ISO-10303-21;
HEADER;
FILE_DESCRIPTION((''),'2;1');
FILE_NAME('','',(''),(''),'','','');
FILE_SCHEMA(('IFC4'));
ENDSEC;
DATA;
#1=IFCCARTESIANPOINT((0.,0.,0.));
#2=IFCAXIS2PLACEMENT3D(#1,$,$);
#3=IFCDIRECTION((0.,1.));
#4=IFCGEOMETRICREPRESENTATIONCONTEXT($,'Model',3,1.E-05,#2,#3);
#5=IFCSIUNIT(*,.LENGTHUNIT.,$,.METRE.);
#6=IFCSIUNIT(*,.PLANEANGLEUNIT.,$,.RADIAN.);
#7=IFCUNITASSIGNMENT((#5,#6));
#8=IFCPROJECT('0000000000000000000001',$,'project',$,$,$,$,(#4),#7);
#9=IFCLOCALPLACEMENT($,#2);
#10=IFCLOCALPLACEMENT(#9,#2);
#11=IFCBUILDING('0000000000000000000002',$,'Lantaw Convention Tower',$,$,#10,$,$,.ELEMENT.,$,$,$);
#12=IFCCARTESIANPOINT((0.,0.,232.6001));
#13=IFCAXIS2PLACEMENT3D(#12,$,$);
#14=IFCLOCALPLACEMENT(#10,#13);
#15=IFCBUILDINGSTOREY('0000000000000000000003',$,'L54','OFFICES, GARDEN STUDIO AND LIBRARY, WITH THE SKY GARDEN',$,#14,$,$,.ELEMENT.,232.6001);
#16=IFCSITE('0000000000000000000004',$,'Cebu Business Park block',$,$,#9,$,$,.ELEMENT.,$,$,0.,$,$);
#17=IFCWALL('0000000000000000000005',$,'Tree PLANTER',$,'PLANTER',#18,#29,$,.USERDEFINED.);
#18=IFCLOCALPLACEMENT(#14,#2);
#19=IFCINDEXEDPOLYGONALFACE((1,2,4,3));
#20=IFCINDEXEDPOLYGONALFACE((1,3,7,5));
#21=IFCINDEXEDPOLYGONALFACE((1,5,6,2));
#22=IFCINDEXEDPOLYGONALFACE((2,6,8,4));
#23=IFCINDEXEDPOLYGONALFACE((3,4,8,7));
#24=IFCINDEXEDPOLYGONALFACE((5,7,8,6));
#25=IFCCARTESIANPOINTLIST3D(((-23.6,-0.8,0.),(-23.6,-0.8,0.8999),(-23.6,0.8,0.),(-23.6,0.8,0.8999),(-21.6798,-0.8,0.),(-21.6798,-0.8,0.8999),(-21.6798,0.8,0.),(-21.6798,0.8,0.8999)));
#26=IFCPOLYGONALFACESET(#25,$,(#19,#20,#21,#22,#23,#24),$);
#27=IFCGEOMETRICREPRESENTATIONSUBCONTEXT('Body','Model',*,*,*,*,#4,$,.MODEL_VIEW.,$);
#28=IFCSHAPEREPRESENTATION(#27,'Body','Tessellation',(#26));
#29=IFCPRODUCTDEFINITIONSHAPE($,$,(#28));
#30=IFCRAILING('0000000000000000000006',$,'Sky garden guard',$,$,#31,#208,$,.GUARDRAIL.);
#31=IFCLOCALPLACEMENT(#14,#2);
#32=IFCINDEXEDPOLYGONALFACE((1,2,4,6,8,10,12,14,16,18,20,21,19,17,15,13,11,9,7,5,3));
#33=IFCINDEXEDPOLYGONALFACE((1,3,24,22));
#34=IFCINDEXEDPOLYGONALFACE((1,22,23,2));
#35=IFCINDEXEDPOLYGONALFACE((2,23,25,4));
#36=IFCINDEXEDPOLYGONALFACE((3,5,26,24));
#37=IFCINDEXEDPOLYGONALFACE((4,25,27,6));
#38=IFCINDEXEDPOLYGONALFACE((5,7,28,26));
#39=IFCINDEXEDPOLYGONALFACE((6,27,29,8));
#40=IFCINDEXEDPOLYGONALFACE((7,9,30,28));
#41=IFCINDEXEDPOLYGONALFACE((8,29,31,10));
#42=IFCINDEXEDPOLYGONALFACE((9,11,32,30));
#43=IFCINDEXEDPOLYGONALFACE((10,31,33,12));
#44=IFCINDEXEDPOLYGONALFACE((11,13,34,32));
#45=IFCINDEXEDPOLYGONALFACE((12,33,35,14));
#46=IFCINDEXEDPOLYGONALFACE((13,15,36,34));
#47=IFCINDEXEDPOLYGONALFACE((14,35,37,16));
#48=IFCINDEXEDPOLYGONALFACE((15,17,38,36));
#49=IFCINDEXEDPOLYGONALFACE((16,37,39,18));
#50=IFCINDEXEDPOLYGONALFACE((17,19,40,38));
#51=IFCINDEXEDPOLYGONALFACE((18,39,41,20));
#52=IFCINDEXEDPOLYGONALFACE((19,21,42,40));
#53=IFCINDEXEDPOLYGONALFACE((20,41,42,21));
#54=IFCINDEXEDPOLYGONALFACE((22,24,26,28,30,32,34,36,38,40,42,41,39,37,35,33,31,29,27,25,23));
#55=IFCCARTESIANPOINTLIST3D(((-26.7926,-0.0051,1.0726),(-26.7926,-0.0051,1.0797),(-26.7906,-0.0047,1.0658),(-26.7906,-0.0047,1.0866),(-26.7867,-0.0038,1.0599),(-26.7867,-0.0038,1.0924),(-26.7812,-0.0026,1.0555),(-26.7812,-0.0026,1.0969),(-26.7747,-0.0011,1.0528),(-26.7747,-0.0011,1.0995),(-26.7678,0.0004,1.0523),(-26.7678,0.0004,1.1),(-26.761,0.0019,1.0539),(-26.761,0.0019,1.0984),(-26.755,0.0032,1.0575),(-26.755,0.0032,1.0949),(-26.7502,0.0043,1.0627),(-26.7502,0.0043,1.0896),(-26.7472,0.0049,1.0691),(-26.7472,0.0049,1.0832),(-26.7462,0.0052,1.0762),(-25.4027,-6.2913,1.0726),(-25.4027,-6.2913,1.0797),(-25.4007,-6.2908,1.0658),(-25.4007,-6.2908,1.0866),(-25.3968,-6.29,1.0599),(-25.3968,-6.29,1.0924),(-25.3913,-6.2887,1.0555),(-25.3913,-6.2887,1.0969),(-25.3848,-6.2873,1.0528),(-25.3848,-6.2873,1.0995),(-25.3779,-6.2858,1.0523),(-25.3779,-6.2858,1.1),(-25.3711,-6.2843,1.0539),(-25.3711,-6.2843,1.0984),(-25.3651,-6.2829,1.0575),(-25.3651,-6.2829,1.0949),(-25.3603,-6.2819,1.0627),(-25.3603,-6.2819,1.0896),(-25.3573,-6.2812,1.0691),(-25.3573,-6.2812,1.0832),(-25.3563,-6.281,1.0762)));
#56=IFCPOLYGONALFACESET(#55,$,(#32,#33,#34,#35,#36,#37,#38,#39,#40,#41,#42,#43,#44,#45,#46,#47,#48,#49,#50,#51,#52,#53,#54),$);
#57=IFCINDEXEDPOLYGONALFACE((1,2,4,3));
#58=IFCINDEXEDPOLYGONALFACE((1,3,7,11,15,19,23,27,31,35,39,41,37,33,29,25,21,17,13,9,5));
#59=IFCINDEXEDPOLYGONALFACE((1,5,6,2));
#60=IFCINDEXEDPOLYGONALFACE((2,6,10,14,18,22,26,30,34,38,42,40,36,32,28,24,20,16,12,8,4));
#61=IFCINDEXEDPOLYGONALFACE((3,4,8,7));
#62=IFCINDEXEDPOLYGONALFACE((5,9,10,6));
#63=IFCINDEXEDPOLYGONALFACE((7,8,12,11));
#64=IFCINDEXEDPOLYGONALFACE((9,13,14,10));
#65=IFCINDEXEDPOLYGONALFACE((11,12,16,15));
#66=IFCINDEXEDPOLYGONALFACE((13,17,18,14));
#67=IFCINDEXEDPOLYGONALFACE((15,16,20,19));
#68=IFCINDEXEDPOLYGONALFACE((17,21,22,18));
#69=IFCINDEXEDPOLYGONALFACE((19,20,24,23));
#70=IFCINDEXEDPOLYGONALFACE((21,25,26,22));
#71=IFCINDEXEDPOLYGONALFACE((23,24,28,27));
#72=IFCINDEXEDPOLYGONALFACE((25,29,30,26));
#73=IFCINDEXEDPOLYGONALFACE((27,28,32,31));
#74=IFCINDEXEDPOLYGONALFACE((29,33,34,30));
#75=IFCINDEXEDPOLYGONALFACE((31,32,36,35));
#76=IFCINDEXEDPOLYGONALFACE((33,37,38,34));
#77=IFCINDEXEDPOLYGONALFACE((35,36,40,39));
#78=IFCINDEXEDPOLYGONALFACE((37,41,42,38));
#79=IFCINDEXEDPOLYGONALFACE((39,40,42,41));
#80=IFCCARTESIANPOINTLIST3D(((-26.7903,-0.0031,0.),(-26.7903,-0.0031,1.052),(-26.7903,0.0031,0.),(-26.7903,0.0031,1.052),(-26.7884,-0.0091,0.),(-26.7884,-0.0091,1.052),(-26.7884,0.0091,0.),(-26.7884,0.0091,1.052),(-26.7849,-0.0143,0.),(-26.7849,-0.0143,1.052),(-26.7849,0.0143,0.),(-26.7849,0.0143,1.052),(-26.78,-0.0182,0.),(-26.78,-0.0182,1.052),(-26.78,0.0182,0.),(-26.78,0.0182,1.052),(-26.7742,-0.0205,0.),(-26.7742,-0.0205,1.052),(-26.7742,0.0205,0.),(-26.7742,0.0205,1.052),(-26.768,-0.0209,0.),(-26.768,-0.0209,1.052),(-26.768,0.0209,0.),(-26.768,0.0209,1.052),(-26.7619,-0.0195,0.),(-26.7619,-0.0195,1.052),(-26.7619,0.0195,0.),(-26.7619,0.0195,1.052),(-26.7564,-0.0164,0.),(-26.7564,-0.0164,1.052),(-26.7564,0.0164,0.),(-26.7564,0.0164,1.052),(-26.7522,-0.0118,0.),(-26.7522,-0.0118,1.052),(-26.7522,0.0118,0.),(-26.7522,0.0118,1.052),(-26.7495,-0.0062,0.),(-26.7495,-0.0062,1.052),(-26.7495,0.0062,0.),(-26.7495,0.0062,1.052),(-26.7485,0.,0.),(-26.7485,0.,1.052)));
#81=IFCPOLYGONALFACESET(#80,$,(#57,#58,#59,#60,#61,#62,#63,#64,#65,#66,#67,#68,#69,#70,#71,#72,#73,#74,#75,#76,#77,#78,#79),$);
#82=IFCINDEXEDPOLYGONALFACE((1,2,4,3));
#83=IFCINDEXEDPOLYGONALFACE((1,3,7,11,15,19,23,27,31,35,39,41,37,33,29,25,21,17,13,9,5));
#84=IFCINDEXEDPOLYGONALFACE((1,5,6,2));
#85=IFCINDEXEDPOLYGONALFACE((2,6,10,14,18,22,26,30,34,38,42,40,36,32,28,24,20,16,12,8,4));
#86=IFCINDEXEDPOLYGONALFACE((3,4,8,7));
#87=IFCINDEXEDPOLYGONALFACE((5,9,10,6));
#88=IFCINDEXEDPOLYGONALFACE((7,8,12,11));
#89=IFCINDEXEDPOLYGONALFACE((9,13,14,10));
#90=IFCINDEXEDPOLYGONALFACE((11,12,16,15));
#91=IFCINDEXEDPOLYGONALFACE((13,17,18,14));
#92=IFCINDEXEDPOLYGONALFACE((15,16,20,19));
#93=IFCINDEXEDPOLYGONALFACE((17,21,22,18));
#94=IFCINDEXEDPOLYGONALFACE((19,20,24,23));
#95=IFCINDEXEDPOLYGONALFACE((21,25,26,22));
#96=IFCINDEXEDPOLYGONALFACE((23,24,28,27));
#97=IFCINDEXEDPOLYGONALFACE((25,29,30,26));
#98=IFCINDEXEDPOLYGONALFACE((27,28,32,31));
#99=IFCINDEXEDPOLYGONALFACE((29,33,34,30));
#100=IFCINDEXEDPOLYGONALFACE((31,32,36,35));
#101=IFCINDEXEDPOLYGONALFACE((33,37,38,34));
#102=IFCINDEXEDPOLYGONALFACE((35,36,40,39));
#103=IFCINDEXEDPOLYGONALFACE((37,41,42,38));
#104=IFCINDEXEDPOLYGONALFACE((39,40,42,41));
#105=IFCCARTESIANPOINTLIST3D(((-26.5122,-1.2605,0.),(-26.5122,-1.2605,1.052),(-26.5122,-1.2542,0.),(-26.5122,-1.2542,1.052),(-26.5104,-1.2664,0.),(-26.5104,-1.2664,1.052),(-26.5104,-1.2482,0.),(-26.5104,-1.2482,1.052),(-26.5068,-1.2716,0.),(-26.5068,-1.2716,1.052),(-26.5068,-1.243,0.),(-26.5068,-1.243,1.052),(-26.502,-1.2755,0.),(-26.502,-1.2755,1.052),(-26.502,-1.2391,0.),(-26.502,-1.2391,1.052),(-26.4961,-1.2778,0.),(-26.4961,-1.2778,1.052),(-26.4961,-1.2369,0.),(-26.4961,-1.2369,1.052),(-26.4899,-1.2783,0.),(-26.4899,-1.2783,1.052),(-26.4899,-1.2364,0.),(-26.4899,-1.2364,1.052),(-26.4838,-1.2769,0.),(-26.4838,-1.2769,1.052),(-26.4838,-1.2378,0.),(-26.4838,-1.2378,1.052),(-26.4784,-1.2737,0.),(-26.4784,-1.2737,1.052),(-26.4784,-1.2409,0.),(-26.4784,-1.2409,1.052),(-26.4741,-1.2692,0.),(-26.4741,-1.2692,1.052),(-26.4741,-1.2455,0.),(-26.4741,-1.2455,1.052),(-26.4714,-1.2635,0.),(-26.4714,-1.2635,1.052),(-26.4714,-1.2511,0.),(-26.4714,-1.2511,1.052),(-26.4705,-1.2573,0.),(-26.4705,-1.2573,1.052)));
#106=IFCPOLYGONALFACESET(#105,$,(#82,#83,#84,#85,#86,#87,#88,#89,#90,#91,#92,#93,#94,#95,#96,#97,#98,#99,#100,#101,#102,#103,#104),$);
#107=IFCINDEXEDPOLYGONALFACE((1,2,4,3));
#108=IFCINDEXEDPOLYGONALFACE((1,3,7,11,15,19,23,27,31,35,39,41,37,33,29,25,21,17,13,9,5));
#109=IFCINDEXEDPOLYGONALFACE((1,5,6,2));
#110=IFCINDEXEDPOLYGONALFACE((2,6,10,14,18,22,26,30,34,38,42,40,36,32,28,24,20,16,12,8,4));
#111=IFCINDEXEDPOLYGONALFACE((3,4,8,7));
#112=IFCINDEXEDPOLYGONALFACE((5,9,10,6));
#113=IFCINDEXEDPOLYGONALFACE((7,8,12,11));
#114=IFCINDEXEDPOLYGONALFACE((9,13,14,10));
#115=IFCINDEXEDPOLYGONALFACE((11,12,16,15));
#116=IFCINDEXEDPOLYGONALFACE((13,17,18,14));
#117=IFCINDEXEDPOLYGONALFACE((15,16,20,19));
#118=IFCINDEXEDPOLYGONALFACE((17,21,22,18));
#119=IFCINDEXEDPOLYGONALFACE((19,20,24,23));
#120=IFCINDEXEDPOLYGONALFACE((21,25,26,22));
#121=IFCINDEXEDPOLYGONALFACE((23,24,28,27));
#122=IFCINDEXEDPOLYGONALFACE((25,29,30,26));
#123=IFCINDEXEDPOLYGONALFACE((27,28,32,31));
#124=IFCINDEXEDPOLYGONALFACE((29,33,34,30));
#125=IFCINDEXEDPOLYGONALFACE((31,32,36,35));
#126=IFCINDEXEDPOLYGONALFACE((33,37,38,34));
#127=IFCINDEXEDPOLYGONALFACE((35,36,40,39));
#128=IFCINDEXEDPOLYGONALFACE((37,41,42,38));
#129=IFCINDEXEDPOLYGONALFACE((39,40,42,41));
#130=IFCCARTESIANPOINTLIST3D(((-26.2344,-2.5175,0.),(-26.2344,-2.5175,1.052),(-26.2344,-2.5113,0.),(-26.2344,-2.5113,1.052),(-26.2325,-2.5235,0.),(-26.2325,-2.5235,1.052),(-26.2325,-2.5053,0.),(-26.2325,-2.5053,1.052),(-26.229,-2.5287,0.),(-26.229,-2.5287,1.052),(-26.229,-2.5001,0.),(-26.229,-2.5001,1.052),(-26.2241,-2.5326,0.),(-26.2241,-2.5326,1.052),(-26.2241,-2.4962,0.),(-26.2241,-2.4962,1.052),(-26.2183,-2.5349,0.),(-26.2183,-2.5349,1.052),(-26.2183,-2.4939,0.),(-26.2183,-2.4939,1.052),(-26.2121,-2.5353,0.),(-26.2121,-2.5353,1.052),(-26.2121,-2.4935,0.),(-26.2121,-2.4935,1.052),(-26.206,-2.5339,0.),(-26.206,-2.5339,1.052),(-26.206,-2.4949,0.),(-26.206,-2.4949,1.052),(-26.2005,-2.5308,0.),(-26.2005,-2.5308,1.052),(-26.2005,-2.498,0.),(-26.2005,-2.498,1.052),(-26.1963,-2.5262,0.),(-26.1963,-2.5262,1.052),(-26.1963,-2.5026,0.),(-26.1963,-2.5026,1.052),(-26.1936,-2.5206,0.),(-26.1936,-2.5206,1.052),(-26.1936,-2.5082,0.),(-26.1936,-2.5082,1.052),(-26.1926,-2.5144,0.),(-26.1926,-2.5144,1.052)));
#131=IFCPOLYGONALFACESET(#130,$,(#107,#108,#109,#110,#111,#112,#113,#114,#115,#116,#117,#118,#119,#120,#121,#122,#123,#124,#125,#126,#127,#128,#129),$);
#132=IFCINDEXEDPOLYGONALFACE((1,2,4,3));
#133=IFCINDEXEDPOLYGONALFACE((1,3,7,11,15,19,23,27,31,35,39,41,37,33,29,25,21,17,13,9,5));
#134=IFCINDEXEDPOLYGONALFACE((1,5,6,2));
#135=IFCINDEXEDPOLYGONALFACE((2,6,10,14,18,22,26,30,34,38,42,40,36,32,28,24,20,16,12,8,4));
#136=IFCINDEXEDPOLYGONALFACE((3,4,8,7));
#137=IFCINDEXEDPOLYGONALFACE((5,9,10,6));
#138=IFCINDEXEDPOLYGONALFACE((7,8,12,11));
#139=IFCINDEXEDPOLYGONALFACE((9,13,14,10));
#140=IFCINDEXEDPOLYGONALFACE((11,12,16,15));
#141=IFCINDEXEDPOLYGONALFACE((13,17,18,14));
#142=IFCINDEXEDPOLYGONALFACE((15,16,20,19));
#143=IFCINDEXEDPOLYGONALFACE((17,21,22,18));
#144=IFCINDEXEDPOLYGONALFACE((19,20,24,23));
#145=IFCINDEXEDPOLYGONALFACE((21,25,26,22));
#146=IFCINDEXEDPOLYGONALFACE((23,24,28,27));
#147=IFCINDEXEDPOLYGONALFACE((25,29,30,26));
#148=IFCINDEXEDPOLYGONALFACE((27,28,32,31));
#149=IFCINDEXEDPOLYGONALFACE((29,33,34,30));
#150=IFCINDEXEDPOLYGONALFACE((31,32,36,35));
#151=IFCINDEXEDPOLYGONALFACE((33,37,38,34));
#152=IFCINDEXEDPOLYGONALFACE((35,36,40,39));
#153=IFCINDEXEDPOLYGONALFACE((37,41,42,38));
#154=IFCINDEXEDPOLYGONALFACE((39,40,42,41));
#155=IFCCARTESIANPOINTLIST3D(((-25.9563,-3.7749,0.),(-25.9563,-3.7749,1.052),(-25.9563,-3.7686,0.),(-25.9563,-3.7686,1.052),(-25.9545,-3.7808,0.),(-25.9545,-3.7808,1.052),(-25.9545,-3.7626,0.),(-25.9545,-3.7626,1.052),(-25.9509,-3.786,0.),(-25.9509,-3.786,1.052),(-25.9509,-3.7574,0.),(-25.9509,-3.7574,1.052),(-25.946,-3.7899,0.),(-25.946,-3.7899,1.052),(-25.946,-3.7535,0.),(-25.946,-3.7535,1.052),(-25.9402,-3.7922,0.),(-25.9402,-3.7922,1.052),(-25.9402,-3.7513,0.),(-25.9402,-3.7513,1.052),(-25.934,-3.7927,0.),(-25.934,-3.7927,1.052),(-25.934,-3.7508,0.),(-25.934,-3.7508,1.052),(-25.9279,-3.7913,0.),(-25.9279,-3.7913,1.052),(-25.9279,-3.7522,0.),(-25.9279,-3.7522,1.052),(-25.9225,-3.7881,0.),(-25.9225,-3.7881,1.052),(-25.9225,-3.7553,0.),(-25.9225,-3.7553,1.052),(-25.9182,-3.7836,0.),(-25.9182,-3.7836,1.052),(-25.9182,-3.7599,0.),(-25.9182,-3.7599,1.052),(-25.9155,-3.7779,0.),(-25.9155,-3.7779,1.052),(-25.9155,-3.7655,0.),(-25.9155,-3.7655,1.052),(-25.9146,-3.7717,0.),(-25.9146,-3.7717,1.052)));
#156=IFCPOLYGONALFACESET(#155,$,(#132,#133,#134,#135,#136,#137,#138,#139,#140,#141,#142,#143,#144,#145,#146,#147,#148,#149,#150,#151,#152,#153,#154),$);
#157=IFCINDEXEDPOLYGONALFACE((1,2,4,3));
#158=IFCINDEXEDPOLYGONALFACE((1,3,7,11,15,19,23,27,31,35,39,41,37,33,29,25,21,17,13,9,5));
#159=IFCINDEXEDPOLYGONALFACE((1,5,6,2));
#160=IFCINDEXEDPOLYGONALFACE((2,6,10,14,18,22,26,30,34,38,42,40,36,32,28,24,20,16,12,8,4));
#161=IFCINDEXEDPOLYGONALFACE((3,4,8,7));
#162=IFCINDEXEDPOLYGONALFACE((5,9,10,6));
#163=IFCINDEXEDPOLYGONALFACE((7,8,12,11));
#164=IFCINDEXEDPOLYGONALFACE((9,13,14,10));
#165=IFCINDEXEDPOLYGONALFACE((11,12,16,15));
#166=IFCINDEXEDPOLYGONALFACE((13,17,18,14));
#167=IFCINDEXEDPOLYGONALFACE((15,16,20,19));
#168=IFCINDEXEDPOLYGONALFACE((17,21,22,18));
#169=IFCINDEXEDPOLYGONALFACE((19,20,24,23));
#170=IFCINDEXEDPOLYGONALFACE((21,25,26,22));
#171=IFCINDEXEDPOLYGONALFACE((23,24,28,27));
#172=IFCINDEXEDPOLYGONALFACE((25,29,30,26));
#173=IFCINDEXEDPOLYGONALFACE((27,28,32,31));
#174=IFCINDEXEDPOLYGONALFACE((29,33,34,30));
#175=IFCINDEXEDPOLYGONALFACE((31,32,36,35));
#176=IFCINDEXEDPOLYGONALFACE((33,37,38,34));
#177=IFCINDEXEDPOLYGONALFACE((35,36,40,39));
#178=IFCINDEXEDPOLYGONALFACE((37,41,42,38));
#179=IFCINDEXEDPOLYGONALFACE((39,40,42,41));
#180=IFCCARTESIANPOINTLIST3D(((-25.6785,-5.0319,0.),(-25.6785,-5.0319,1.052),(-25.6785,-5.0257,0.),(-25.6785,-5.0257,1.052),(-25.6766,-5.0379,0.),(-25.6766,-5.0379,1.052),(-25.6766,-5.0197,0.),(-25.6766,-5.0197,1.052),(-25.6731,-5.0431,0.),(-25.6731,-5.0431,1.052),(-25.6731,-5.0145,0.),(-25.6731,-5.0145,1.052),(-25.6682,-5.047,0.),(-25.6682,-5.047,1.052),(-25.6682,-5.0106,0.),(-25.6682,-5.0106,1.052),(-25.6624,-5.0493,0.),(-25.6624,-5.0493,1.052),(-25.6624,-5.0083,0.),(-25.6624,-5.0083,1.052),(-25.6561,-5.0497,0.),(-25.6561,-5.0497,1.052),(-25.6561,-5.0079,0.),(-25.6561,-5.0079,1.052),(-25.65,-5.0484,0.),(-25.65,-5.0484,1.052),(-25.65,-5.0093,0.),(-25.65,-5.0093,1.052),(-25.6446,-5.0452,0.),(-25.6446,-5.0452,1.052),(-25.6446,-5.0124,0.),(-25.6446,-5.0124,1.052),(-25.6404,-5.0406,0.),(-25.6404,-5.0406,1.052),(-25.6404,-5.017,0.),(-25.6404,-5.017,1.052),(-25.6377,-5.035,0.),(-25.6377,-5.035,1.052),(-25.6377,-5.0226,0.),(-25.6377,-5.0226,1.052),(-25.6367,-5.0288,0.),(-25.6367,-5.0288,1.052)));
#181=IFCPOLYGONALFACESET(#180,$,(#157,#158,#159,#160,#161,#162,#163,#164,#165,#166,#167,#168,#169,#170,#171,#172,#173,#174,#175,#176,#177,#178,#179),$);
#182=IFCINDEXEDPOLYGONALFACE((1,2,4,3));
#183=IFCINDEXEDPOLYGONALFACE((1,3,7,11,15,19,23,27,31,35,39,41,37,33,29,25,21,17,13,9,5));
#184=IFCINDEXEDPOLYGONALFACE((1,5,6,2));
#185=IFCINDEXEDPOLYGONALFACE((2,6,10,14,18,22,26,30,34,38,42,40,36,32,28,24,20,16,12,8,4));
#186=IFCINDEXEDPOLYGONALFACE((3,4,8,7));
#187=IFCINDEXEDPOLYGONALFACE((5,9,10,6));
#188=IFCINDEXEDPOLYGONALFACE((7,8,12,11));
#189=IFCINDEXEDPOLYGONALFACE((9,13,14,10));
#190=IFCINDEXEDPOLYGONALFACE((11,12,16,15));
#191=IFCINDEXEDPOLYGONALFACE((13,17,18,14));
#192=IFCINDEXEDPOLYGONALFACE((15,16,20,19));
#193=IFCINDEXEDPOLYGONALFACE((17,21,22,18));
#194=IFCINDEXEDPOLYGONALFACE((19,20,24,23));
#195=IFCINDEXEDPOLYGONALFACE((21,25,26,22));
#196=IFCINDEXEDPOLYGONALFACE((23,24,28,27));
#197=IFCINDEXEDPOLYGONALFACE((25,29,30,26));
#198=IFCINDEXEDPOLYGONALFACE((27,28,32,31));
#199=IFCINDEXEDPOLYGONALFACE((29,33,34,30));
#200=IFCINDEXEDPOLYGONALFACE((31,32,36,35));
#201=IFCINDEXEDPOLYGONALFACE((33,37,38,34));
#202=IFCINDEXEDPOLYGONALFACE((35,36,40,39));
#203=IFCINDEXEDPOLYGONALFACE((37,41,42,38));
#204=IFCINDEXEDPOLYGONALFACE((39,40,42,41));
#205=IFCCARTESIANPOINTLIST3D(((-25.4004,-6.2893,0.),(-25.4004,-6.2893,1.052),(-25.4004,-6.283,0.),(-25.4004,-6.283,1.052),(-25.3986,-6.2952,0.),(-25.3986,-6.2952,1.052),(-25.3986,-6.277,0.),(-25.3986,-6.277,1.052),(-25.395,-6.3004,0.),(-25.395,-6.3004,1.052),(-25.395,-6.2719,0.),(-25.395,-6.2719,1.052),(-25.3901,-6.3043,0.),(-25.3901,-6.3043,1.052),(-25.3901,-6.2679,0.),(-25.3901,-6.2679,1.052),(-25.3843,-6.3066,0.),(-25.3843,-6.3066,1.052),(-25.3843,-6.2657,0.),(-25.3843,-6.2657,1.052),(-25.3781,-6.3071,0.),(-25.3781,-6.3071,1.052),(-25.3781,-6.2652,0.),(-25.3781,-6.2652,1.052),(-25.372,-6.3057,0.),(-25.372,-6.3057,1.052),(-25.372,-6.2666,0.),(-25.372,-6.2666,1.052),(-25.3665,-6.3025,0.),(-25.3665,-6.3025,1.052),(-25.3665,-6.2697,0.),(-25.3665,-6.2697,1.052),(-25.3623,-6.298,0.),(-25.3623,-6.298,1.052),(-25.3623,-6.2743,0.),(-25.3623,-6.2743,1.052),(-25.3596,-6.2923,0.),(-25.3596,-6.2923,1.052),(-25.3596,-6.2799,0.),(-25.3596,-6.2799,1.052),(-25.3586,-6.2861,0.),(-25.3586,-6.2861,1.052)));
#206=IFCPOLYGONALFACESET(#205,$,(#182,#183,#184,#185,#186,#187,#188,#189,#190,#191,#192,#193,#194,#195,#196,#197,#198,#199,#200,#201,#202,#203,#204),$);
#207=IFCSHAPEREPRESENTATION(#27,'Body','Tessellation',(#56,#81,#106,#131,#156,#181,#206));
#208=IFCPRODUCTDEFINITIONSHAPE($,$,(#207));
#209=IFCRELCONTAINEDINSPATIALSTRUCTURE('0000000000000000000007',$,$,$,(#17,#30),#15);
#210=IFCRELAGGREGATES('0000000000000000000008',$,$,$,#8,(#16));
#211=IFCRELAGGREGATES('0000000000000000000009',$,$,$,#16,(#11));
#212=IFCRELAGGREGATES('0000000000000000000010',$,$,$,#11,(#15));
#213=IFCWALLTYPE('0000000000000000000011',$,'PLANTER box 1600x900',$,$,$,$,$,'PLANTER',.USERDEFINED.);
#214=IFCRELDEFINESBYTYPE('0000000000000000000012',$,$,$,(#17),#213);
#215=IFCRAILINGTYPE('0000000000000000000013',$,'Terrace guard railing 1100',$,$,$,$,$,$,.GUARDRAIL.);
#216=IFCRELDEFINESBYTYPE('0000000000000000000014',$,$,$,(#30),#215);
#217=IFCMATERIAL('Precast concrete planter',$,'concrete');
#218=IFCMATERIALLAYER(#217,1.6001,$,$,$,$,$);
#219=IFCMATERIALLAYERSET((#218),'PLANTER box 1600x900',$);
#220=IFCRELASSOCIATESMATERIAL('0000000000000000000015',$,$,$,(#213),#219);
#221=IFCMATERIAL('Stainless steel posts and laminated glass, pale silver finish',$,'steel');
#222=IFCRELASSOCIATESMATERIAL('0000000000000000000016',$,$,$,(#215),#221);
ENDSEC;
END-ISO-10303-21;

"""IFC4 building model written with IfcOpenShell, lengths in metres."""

from ifc_helpers import new_model, si_unit, direction, frame, frame_2d, origin, origin_2d, place, context, subcontext, project, spatial, rectangle, circle, extrude, material, layer, layer_set, type_object, element, save


model = new_model("IFC4")

# Units and contexts
model_context = context("Model", 3, precision=1e-05, world=origin(), true_north=direction((0.0, 1.0)))
body_context = subcontext(model_context, "Body", "Model", "MODEL_VIEW")
ifc_project = project(units=[si_unit("LENGTHUNIT", "METRE"), si_unit("PLANEANGLEUNIT", "RADIAN")], contexts=[model_context])

# Site, building, storey
site_placement = place(None, origin())
site = spatial("IfcSite", under=ifc_project, at=site_placement, Name="Cebu Business Park block", CompositionType="ELEMENT", RefElevation=0.0)
building_placement = place(site_placement, origin())
building = spatial("IfcBuilding", under=site, at=building_placement, Name="Lantaw Convention Tower", CompositionType="ELEMENT")
storey_placement = place(building_placement, frame((0.0, 0.0, 232.6001)))
storey = spatial("IfcBuildingStorey", under=building, at=storey_placement, Name="L54", Description="OFFICES, GARDEN STUDIO AND LIBRARY, WITH THE SKY GARDEN", CompositionType="ELEMENT", Elevation=232.6001)

# Wall
ifc_material_1 = material(Name="Precast concrete planter", Category="concrete")
ifc_layer_1 = layer(ifc_material_1, 1.6001)
ifc_layer_set_1 = layer_set([ifc_layer_1], Name="PLANTER box 1600x900")
wall_type_1 = type_object("IfcWallType", Name="PLANTER box 1600x900", ElementType="PLANTER", PredefinedType="USERDEFINED", material=ifc_layer_set_1)
wall_1_placement = place(storey_placement, frame((-21.6799, 0.0, 0.0), z_axis=(0.0, 0.0, 1.0), x_axis=(-1.0, 0.0, 0.0)))
element("IfcWall", 1, at=wall_1_placement, inside=storey, type_object=wall_type_1, Name="Tree PLANTER", ObjectType="PLANTER", PredefinedType="USERDEFINED", context=body_context, shape_type="SweptSolid", body=[
    extrude(rectangle(XDim=1.9202, YDim=1.6001, at=frame_2d((0.96, 0.0))), origin(), (0.0, 0.0, 1.0), 0.8999),
])

# Railing
ifc_material_2 = material(Name="Stainless steel posts and laminated glass, pale silver finish", Category="steel")
railing_type = type_object("IfcRailingType", Name="Terrace guard railing 1100", PredefinedType="GUARDRAIL", material=ifc_material_2)
railing_placement = place(storey_placement, frame((-26.7695, 0.0, 0.0)))
element("IfcRailing", 2, at=railing_placement, inside=storey, type_object=railing_type, Name="Sky garden guard", PredefinedType="GUARDRAIL", context=body_context, shape_type="SweptSolid", body=[
    extrude(circle(Radius=0.0239, at=origin_2d()), frame((0.0, 0.0, 1.0762), z_axis=(0.21589, -0.976418, 0.0), x_axis=(0.976418, 0.21589, 0.0)), (0.0, 0.0, 1.0), 6.438),
    extrude(circle(Radius=0.021, at=origin_2d()), origin(), (0.0, 0.0, 1.0), 1.052),
    extrude(circle(Radius=0.021, at=origin_2d()), frame((0.2781, -1.2573, 0.0)), (0.0, 0.0, 1.0), 1.052),
    extrude(circle(Radius=0.021, at=origin_2d()), frame((0.5559, -2.5144, 0.0)), (0.0, 0.0, 1.0), 1.052),
    extrude(circle(Radius=0.021, at=origin_2d()), frame((0.834, -3.7717, 0.0)), (0.0, 0.0, 1.0), 1.052),
    extrude(circle(Radius=0.021, at=origin_2d()), frame((1.1118, -5.0288, 0.0)), (0.0, 0.0, 1.0), 1.052),
    extrude(circle(Radius=0.021, at=origin_2d()), frame((1.3899, -6.2861, 0.0)), (0.0, 0.0, 1.0), 1.052),
])

save(model, "model.ifc")
